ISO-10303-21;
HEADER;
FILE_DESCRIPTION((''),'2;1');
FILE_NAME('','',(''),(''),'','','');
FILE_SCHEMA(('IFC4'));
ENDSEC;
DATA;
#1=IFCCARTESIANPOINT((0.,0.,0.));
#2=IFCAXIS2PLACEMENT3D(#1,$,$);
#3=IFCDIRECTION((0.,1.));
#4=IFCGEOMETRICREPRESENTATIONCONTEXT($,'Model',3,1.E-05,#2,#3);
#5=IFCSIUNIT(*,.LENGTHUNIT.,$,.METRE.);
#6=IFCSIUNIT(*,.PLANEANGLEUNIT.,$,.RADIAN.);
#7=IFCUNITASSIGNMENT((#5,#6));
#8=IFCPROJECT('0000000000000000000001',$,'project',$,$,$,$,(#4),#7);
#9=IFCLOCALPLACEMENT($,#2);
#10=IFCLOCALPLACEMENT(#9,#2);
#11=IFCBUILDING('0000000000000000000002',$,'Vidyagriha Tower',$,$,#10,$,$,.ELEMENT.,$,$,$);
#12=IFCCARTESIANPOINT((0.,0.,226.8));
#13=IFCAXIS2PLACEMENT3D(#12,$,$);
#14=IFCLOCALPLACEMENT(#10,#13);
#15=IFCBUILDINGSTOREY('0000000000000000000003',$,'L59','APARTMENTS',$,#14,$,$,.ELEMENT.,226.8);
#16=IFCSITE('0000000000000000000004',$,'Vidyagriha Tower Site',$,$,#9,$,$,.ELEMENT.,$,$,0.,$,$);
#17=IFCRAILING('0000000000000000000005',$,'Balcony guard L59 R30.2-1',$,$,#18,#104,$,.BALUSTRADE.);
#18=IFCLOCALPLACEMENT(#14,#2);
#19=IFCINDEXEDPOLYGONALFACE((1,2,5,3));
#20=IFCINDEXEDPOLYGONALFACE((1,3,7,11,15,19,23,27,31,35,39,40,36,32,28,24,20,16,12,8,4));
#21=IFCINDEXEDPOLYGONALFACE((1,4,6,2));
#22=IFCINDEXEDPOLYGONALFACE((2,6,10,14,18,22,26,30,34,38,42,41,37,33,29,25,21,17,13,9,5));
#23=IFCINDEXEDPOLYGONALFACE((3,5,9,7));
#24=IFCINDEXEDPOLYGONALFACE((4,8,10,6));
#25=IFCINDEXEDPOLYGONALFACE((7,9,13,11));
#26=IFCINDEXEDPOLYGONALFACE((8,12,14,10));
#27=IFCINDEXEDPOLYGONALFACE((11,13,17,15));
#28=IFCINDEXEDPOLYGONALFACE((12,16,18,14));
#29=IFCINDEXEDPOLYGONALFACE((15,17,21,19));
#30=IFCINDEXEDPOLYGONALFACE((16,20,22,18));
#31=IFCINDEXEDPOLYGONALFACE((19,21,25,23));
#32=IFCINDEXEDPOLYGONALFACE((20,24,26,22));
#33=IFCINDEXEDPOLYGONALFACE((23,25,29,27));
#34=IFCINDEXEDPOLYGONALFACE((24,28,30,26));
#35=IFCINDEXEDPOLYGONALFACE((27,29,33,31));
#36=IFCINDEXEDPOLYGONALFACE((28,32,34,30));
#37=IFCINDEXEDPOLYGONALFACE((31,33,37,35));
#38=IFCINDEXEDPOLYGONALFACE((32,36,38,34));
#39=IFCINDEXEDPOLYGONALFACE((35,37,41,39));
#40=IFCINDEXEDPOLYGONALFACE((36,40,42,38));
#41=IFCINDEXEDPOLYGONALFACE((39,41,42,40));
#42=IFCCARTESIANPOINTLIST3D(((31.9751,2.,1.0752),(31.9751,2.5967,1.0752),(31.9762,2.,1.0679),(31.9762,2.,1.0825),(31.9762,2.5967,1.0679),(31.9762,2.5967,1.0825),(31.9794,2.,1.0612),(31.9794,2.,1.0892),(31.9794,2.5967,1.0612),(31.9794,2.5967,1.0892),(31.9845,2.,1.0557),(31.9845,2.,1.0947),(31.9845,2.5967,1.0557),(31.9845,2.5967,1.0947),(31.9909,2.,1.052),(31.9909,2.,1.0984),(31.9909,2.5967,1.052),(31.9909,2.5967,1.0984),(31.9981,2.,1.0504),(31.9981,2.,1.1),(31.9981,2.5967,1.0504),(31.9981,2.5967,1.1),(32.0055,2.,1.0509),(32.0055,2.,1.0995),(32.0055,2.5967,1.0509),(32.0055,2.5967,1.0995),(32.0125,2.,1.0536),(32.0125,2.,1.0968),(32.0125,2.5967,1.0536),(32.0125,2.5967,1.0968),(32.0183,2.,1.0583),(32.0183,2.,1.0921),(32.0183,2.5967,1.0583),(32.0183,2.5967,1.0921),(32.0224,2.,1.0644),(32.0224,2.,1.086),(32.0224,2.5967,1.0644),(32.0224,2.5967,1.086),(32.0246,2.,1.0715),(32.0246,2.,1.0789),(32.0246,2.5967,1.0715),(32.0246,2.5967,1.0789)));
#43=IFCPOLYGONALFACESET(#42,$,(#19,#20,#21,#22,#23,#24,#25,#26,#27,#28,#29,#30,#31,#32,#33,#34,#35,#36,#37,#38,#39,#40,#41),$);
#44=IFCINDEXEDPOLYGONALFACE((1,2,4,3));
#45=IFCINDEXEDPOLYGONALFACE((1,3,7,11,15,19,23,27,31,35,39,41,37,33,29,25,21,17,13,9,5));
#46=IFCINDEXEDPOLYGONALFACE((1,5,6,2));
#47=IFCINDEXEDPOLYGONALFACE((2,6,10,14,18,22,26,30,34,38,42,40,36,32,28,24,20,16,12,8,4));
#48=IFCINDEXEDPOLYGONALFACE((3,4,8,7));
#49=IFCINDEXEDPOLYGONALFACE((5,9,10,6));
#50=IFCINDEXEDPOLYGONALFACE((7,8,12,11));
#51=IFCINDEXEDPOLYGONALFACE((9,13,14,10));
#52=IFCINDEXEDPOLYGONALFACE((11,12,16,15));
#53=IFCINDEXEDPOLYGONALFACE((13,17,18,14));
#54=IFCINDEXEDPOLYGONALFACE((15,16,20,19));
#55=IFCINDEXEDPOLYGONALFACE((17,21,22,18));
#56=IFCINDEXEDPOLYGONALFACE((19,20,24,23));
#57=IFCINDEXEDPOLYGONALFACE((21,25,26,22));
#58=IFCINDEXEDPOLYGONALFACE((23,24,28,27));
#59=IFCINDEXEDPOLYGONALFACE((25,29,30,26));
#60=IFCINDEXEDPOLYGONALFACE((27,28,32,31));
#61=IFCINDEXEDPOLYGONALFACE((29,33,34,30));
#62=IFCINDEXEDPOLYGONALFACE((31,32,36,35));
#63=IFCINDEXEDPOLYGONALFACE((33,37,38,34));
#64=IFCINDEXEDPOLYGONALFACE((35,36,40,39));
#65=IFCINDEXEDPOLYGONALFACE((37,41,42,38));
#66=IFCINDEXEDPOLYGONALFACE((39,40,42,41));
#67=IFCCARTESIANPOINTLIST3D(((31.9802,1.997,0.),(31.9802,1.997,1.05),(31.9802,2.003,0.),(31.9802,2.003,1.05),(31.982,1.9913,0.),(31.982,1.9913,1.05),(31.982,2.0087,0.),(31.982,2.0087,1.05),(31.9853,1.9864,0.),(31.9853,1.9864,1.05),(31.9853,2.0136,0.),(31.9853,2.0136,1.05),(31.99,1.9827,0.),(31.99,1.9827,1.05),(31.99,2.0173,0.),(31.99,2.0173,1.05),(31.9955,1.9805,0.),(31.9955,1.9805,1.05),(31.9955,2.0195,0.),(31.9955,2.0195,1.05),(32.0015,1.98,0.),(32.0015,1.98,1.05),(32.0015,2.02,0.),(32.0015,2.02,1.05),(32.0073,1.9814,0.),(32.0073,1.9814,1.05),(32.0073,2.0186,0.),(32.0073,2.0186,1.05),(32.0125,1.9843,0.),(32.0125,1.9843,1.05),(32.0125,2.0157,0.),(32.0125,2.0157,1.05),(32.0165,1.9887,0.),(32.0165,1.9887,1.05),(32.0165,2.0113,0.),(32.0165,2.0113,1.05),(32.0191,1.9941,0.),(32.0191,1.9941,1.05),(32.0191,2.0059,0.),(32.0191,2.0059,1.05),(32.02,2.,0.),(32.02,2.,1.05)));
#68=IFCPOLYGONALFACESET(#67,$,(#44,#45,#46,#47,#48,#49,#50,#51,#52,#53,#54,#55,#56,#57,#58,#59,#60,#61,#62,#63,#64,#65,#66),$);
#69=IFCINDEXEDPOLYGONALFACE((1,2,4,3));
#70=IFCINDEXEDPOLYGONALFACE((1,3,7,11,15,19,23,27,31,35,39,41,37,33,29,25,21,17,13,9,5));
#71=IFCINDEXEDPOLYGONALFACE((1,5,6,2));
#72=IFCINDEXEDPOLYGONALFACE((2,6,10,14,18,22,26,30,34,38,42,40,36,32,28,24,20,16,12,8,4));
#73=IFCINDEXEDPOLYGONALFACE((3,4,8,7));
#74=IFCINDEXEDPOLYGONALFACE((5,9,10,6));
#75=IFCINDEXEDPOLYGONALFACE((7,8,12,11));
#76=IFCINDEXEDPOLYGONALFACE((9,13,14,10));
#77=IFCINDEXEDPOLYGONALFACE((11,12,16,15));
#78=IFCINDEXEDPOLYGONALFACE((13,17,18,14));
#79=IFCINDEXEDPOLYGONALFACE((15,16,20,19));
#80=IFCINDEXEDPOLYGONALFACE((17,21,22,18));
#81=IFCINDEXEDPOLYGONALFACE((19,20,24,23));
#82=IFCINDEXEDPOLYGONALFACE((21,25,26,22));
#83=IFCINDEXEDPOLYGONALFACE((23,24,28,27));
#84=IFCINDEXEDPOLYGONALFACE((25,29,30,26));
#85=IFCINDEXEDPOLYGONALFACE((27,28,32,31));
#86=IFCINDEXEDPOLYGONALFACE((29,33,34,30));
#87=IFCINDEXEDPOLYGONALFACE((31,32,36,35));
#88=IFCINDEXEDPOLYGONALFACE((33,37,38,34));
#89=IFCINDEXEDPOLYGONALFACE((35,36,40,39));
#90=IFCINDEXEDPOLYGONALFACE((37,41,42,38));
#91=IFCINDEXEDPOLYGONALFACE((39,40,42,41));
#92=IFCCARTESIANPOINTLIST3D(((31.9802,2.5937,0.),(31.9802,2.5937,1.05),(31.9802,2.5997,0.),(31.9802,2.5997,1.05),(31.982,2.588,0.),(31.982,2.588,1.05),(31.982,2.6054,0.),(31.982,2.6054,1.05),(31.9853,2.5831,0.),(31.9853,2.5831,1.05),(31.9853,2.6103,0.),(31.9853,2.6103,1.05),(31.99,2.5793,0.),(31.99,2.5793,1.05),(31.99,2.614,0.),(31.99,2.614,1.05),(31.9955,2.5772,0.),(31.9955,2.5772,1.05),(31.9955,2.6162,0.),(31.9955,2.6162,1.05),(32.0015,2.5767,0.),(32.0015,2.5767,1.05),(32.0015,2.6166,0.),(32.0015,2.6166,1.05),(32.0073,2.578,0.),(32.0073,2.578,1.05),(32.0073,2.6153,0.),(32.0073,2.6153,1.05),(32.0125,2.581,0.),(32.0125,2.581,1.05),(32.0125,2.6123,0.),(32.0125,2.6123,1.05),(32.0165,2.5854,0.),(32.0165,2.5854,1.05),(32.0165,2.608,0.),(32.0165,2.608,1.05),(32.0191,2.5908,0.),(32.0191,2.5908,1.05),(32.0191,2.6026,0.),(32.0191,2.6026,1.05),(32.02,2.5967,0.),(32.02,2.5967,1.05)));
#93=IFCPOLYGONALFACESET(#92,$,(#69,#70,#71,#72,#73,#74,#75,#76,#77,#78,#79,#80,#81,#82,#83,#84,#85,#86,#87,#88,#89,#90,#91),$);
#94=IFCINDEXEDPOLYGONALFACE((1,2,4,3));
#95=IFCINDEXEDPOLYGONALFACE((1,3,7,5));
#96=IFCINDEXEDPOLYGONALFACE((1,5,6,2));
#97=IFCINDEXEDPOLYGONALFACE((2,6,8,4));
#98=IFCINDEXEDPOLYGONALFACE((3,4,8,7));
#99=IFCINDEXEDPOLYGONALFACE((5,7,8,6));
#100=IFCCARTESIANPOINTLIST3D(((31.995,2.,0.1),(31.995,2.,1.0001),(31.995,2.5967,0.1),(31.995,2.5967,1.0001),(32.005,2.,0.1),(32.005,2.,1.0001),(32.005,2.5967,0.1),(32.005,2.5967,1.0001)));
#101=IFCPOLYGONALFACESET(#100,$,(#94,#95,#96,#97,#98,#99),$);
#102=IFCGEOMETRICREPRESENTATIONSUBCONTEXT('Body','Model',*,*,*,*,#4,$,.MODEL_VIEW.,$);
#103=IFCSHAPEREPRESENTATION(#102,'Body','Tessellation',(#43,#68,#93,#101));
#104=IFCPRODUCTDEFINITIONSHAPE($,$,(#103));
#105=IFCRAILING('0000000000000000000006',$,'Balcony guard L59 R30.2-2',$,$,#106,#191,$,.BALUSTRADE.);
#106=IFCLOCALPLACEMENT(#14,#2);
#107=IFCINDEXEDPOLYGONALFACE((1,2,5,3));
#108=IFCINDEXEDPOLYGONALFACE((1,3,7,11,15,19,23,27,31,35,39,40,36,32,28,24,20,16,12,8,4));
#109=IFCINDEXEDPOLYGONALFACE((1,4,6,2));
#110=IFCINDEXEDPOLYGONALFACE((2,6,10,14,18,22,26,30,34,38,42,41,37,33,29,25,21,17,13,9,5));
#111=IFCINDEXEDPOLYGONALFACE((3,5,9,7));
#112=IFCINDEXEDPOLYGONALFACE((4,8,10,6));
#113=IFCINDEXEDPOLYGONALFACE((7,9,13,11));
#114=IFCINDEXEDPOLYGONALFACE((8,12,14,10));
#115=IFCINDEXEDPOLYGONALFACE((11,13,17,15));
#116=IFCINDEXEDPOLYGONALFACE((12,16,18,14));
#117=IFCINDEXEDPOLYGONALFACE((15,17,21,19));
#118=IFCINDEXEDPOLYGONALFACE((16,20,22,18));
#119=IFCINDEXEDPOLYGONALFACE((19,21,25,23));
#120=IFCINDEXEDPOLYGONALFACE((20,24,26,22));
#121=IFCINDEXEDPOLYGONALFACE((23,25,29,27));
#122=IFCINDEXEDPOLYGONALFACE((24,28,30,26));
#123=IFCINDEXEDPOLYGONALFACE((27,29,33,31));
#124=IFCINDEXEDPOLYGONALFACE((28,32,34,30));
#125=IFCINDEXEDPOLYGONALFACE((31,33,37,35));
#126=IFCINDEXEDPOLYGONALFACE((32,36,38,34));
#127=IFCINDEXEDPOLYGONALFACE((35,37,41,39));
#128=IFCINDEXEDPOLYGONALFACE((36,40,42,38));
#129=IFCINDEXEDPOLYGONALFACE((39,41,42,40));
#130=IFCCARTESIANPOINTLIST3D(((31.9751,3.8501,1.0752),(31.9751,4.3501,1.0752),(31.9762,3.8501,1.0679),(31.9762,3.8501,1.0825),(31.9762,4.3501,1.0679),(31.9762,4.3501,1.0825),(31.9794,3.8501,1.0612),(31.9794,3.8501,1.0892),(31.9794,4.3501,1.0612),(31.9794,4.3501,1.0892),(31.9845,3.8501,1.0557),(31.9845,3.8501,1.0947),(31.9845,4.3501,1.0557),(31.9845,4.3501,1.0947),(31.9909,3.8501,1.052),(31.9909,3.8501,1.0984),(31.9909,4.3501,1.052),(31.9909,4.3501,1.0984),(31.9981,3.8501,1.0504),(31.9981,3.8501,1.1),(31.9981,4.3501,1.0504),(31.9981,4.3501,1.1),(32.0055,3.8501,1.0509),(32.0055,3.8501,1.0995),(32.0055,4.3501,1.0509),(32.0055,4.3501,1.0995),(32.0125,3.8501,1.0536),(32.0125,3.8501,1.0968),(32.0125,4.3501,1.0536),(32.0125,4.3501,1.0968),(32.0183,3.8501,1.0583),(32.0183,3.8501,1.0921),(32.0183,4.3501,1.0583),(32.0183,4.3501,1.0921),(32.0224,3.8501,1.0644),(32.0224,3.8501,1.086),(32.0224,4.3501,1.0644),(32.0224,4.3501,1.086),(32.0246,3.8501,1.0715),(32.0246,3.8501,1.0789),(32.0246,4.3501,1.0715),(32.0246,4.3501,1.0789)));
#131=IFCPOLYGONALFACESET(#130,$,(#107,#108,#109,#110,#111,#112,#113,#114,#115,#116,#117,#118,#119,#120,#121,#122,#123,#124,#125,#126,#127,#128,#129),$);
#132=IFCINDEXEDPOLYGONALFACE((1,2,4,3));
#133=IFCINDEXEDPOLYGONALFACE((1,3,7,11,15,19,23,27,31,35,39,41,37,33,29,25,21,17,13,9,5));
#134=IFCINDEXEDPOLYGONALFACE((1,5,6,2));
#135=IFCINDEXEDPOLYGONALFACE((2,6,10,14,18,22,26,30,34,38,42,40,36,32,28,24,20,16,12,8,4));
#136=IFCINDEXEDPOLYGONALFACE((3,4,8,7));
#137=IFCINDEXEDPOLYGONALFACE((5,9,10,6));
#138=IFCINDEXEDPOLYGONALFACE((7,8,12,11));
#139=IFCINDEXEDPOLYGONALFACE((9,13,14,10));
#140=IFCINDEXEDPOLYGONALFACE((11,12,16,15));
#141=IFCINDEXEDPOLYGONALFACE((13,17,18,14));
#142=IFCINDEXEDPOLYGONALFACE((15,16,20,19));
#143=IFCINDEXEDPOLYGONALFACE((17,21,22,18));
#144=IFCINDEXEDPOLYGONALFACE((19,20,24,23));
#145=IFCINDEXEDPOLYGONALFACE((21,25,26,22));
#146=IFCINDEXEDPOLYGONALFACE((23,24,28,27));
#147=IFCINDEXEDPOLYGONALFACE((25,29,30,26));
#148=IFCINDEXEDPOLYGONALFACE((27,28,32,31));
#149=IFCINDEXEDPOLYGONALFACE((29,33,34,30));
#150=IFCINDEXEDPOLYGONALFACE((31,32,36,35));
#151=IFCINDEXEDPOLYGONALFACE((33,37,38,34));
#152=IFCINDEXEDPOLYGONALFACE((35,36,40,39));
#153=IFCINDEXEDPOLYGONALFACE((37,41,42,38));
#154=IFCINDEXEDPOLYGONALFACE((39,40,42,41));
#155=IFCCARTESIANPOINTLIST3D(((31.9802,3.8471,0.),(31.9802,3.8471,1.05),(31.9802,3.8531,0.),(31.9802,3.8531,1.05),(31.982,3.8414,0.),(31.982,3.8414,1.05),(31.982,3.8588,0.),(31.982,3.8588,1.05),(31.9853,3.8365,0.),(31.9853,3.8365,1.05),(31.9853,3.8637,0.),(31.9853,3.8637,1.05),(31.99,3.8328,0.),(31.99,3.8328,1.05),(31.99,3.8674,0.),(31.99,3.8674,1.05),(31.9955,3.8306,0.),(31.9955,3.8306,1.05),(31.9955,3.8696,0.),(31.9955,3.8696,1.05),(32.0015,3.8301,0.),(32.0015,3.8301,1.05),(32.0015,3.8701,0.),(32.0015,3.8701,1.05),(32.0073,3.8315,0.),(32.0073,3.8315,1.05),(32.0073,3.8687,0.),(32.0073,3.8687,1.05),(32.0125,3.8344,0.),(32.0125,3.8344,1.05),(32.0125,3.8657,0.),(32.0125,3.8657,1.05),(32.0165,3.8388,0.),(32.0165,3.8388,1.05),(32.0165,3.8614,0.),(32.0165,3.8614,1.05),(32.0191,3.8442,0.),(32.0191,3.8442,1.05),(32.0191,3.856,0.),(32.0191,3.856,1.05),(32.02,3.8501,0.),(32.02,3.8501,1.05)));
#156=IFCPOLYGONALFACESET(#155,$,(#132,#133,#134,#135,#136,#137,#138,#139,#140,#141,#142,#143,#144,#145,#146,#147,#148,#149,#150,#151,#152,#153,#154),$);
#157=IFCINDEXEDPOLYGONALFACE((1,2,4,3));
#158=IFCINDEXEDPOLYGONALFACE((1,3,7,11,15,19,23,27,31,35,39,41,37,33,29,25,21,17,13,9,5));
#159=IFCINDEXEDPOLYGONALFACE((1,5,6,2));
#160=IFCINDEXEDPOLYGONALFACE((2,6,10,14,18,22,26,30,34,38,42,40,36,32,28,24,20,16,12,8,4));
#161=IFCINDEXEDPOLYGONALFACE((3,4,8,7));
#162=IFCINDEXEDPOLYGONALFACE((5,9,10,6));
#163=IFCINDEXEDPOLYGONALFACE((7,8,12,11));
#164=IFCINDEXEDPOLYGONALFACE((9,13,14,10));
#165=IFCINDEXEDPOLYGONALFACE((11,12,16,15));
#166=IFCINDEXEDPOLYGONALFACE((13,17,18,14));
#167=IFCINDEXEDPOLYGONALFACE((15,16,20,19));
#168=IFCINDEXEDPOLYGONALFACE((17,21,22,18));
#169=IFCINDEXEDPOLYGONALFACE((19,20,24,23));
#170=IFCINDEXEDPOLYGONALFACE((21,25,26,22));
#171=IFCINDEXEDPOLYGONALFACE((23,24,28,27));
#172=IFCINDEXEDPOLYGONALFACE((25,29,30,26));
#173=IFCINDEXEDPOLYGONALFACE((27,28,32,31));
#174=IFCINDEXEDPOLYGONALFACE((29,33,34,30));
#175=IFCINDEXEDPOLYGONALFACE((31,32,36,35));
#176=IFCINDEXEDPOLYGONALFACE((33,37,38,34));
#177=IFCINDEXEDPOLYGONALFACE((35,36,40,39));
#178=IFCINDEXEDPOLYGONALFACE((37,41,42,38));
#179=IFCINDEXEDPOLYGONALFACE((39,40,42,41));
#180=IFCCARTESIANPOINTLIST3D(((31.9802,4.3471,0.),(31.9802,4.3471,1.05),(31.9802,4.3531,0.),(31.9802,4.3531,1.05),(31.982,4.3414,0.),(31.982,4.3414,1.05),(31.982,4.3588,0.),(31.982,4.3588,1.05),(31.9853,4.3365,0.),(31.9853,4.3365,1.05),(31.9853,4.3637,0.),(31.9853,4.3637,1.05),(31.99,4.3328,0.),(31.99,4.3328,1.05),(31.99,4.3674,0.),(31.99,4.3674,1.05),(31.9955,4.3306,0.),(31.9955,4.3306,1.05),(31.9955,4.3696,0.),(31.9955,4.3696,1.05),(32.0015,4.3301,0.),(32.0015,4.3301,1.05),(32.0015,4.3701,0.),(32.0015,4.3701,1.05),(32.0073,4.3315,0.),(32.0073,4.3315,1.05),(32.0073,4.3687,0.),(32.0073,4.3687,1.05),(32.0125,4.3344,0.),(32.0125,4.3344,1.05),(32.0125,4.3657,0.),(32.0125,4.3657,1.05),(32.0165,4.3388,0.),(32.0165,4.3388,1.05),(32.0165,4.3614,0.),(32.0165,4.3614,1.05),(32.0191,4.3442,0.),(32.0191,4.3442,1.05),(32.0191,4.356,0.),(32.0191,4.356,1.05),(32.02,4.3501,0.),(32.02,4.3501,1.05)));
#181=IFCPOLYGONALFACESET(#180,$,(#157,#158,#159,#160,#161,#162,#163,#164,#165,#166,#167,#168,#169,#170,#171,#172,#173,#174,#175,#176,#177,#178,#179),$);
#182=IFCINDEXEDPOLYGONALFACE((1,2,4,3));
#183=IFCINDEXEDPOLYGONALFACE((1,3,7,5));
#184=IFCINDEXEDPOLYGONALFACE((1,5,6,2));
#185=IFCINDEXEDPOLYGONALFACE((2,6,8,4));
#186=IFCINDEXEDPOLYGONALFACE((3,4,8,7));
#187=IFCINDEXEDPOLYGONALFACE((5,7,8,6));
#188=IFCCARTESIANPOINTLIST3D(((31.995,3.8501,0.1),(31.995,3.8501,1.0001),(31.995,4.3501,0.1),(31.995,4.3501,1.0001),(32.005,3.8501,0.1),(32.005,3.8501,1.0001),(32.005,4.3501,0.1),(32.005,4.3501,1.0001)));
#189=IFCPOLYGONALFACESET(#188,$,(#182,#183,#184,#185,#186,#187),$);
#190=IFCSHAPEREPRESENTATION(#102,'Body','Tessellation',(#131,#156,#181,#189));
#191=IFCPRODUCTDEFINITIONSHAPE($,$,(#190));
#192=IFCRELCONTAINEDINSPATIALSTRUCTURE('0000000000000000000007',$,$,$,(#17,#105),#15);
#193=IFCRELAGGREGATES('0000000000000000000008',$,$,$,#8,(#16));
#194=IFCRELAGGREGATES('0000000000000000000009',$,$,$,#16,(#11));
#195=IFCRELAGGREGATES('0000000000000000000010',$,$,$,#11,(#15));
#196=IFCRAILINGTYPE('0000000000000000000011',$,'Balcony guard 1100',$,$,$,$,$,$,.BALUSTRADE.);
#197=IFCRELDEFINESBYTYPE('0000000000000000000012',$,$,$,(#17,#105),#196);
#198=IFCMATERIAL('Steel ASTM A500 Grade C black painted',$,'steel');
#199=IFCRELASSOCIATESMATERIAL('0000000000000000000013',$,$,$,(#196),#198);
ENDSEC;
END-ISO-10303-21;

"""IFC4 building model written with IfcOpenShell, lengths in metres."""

from ifc_helpers import new_model, si_unit, direction, frame, origin, origin_2d, place, context, subcontext, project, spatial, rectangle, circle, extrude, material, type_object, element, save


model = new_model("IFC4")

# Units and contexts
model_context = context("Model", 3, precision=1e-05, world=origin(), true_north=direction((0.0, 1.0)))
body_context = subcontext(model_context, "Body", "Model", "MODEL_VIEW")
ifc_project = project(units=[si_unit("LENGTHUNIT", "METRE"), si_unit("PLANEANGLEUNIT", "RADIAN")], contexts=[model_context])

# Site, building, storey
site_placement = place(None, origin())
site = spatial("IfcSite", under=ifc_project, at=site_placement, Name="Vidyagriha Tower Site", CompositionType="ELEMENT", RefElevation=0.0)
building_placement = place(site_placement, origin())
building = spatial("IfcBuilding", under=site, at=building_placement, Name="Vidyagriha Tower", CompositionType="ELEMENT")
storey_placement = place(building_placement, frame((0.0, 0.0, 226.8)))
storey = spatial("IfcBuildingStorey", under=building, at=storey_placement, Name="L59", Description="APARTMENTS", CompositionType="ELEMENT", Elevation=226.8)

# Railings
ifc_material_1 = material(Name="Steel ASTM A500 Grade C black painted", Category="steel")
railing_type_1 = type_object("IfcRailingType", Name="Balcony guard 1100", PredefinedType="BALUSTRADE", material=ifc_material_1)
railing_1_placement = place(storey_placement, frame((32.0, 2.0, 0.0)))
element("IfcRailing", 1, at=railing_1_placement, inside=storey, type_object=railing_type_1, Name="Balcony guard L59 R30.2-1", PredefinedType="BALUSTRADE", context=body_context, shape_type="SweptSolid", body=[
    extrude(circle(Radius=0.0249, at=origin_2d()), frame((0.0, 0.0, 1.0752), z_axis=(0.0, 1.0, 0.0), x_axis=(-1.0, 0.0, 0.0)), (0.0, 0.0, 1.0), 0.5967),
    extrude(circle(Radius=0.02, at=origin_2d()), origin(), (0.0, 0.0, 1.0), 1.05),
    extrude(circle(Radius=0.02, at=origin_2d()), frame((0.0, 0.5967, 0.0)), (0.0, 0.0, 1.0), 1.05),
    extrude(rectangle(XDim=0.01, YDim=0.9001, at=origin_2d()), frame((0.0, 0.0, 0.55), z_axis=(0.0, 1.0, 0.0), x_axis=(-1.0, 0.0, 0.0)), (0.0, 0.0, 1.0), 0.5967),
])
railing_2_placement = place(storey_placement, frame((32.0, 3.8501, 0.0)))
element("IfcRailing", 2, at=railing_2_placement, inside=storey, type_object=railing_type_1, Name="Balcony guard L59 R30.2-2", PredefinedType="BALUSTRADE", context=body_context, shape_type="SweptSolid", body=[
    extrude(circle(Radius=0.0249, at=origin_2d()), frame((0.0, 0.0, 1.0752), z_axis=(0.0, 1.0, 0.0), x_axis=(-1.0, 0.0, 0.0)), (0.0, 0.0, 1.0), 0.5),
    extrude(circle(Radius=0.02, at=origin_2d()), origin(), (0.0, 0.0, 1.0), 1.05),
    extrude(circle(Radius=0.02, at=origin_2d()), frame((0.0, 0.5, 0.0)), (0.0, 0.0, 1.0), 1.05),
    extrude(rectangle(XDim=0.01, YDim=0.9001, at=origin_2d()), frame((0.0, 0.0, 0.55), z_axis=(0.0, 1.0, 0.0), x_axis=(-1.0, 0.0, 0.0)), (0.0, 0.0, 1.0), 0.5),
])

save(model, "model.ifc")
